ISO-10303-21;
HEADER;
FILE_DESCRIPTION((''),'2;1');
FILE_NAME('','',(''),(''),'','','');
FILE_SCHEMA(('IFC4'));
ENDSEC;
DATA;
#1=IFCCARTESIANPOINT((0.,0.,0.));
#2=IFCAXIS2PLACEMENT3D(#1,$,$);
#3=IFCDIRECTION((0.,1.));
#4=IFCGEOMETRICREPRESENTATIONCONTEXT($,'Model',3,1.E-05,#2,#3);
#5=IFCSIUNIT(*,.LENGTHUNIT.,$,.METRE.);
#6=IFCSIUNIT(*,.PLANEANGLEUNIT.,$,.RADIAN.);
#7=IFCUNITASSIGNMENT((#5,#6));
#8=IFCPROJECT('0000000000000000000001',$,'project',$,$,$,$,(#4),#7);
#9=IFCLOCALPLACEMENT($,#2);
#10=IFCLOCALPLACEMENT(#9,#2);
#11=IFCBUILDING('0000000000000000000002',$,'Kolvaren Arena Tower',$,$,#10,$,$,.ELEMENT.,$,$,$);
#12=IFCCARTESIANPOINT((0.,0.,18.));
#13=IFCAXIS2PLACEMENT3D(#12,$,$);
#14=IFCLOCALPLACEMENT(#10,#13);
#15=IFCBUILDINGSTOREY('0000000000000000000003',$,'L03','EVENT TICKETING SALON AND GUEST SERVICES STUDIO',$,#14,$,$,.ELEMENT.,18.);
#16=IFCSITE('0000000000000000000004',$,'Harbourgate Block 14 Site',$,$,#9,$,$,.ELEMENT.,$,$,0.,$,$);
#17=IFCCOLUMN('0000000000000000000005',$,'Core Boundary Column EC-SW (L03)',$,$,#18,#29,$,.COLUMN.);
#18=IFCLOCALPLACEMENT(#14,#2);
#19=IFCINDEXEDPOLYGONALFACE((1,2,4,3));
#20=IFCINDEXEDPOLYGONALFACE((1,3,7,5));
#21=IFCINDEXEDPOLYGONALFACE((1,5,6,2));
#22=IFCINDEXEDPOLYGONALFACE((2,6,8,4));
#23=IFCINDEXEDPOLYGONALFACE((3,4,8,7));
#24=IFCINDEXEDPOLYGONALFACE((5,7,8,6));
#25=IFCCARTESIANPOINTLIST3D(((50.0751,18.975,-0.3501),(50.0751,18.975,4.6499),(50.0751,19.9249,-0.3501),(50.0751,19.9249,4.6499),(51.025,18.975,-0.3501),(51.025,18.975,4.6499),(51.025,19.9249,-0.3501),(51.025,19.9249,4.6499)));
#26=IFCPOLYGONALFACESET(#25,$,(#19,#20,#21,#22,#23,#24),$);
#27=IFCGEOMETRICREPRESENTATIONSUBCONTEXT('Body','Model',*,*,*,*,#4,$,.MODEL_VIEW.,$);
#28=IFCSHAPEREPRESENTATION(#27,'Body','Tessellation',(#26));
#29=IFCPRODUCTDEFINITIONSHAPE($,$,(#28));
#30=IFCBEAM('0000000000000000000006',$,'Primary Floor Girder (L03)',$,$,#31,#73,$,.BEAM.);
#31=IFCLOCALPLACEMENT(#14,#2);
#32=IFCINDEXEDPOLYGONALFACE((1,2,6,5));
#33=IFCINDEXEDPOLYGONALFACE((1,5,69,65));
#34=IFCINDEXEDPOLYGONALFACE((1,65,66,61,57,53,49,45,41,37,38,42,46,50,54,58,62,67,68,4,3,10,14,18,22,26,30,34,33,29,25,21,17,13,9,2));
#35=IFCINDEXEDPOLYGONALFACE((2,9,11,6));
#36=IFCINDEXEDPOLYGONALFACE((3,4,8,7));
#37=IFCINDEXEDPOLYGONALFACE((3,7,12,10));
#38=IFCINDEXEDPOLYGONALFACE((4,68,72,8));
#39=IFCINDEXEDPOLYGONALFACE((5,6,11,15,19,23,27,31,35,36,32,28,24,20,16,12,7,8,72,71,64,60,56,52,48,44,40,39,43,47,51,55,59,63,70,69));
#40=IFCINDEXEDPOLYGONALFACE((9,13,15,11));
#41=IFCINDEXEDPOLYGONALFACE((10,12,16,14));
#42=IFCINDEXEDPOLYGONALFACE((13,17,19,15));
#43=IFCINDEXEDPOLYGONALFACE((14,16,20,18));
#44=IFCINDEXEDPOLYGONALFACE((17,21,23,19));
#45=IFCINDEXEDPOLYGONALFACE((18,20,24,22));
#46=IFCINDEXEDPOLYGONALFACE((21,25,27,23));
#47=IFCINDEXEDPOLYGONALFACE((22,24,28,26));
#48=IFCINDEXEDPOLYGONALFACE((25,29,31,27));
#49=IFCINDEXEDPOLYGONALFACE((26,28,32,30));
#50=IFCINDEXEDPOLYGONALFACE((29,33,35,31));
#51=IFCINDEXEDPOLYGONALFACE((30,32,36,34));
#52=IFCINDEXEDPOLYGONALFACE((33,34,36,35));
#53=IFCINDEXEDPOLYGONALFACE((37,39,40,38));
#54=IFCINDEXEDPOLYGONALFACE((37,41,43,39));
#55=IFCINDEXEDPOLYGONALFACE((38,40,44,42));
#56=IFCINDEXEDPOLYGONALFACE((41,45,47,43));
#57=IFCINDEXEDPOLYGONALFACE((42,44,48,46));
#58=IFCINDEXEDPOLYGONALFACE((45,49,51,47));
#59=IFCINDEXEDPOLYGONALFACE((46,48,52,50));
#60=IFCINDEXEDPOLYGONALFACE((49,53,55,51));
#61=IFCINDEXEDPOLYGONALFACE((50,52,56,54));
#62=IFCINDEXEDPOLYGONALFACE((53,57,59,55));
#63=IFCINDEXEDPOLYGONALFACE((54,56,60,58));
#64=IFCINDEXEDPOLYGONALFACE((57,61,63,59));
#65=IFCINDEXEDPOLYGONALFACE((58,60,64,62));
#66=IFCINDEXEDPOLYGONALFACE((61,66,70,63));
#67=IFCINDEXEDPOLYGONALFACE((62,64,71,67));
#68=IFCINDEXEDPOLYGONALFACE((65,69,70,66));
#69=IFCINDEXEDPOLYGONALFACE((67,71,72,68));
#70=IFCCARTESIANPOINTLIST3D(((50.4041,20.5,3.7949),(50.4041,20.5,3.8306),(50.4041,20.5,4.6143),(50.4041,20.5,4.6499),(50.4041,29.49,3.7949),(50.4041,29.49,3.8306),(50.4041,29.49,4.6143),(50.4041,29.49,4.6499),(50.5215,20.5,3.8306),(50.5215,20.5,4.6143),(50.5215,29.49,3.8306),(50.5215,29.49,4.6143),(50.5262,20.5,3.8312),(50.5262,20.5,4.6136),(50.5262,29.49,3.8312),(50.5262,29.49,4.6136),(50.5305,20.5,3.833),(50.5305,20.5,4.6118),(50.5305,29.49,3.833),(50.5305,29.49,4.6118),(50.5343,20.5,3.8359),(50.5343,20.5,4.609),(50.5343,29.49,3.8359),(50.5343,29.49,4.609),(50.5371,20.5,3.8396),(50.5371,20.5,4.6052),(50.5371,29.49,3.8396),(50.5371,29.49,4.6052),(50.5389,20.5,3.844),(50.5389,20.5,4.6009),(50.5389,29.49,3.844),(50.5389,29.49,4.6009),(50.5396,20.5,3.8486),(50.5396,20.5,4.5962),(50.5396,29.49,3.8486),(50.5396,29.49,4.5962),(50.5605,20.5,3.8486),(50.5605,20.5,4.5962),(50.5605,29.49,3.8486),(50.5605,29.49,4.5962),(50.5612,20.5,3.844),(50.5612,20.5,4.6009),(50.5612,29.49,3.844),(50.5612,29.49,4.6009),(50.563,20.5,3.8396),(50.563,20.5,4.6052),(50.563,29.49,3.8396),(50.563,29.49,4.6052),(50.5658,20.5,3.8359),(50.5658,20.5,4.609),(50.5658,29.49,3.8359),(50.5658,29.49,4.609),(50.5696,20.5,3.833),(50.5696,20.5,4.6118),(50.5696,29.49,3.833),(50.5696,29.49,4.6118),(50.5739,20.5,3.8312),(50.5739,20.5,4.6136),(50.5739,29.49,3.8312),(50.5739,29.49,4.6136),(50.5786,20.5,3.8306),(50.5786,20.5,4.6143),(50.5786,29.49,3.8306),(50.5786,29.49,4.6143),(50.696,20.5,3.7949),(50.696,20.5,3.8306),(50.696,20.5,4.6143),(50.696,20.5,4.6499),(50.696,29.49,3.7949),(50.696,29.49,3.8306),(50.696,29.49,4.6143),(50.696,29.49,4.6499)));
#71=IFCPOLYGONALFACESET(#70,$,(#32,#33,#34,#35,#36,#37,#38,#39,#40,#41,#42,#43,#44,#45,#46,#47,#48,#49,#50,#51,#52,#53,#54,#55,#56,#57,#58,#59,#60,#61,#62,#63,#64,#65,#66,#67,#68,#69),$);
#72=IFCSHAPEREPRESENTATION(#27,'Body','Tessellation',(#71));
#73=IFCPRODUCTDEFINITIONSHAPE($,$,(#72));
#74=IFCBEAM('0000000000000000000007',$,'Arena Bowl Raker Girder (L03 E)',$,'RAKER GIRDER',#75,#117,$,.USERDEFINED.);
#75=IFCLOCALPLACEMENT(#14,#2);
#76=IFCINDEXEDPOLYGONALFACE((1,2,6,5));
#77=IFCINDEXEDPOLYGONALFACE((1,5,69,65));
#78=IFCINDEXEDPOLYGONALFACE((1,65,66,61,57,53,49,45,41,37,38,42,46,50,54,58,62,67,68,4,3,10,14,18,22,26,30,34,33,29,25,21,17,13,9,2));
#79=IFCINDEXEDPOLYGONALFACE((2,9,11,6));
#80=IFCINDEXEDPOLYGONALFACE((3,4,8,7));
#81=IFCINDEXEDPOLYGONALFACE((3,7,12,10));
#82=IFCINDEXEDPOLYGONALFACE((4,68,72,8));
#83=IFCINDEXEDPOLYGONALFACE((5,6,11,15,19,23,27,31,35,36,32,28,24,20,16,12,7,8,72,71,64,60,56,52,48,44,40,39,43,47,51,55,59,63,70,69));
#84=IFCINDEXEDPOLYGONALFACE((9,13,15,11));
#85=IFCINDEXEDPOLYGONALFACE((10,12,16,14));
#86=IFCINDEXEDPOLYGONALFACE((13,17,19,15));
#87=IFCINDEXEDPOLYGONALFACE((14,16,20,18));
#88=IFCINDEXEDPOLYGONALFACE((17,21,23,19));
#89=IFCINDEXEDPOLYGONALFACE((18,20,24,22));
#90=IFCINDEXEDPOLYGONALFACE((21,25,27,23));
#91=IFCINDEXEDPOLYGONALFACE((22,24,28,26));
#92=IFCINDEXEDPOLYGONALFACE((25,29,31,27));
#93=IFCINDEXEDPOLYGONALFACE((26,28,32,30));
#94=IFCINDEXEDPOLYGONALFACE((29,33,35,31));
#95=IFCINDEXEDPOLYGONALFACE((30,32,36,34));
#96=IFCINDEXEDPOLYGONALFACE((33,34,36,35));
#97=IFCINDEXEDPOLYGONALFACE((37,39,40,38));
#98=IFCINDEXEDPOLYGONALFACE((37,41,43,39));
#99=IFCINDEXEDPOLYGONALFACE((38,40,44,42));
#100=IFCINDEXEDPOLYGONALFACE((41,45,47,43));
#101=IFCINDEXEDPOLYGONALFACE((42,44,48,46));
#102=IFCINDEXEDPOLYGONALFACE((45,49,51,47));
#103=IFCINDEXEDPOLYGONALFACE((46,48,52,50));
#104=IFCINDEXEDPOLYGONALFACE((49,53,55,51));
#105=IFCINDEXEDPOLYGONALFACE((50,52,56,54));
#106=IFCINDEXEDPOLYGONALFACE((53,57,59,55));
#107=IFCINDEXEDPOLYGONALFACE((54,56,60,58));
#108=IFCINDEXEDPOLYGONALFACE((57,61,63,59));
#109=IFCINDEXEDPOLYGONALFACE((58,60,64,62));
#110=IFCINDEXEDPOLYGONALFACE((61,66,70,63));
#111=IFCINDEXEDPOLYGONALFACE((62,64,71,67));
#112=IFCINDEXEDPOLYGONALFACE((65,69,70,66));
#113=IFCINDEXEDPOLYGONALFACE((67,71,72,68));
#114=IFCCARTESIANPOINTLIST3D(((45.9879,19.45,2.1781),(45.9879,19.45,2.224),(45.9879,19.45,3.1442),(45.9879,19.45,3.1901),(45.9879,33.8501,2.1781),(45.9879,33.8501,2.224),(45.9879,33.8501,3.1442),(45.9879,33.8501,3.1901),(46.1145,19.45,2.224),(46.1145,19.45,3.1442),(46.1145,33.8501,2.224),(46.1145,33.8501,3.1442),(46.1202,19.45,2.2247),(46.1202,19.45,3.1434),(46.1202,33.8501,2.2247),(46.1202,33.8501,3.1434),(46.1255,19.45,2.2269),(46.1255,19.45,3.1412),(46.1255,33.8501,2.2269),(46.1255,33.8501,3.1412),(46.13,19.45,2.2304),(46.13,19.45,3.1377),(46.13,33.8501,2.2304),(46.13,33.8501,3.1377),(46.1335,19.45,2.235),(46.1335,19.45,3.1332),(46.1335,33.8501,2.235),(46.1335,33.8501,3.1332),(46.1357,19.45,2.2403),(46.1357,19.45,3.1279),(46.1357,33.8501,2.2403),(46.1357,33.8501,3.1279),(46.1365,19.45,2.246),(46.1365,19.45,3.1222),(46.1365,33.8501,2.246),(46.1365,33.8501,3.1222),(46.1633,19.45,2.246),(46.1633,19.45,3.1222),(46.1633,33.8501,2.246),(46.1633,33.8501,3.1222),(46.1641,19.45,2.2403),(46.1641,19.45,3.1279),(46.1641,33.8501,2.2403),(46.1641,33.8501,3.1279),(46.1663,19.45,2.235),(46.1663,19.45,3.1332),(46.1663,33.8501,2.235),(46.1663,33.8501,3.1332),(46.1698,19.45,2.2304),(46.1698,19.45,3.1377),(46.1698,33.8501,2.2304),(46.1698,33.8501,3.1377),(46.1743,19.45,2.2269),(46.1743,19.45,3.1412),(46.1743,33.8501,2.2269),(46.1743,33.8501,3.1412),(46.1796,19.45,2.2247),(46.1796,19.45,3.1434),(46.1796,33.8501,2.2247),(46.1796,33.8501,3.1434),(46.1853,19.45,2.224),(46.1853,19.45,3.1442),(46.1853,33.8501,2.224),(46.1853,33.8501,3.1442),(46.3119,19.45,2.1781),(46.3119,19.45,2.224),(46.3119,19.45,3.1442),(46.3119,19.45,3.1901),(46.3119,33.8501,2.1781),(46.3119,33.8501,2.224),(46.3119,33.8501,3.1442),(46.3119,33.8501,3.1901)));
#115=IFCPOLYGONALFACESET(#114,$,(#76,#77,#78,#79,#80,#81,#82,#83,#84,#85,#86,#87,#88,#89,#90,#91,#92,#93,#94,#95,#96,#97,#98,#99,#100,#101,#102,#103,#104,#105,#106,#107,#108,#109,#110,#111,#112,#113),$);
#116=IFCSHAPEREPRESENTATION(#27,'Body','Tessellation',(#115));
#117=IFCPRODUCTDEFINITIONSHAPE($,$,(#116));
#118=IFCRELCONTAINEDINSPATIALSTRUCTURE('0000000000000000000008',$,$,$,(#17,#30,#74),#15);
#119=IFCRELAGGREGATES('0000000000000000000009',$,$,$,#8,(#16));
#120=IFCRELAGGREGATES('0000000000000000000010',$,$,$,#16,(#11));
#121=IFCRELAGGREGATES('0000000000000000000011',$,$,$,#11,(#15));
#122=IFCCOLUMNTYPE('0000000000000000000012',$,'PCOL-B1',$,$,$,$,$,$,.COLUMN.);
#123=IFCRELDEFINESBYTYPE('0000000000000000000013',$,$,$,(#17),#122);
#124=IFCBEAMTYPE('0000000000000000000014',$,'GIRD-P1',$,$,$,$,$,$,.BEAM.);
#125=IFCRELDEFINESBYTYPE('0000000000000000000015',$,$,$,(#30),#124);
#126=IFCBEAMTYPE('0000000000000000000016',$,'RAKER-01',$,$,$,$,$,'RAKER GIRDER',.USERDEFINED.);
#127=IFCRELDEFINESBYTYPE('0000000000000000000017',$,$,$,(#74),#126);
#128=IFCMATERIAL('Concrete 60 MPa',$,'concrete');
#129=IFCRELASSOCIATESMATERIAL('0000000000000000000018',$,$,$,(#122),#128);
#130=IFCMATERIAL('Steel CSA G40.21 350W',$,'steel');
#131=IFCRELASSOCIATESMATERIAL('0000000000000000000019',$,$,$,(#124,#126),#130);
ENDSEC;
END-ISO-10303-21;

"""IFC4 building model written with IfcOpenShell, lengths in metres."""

from ifc_helpers import new_model, si_unit, direction, frame, origin, origin_2d, place, context, subcontext, project, spatial, rectangle, i_section, extrude, material, material_profile, profile_set, type_object, element, save


model = new_model("IFC4")

# Units and contexts
model_context = context("Model", 3, precision=1e-05, world=origin(), true_north=direction((0.0, 1.0)))
body_context = subcontext(model_context, "Body", "Model", "MODEL_VIEW")
ifc_project = project(units=[si_unit("LENGTHUNIT", "METRE"), si_unit("PLANEANGLEUNIT", "RADIAN")], contexts=[model_context])

# Site, building, storey
site_placement = place(None, origin())
site = spatial("IfcSite", under=ifc_project, at=site_placement, Name="Harbourgate Block 14 Site", CompositionType="ELEMENT", RefElevation=0.0)
building_placement = place(site_placement, origin())
building = spatial("IfcBuilding", under=site, at=building_placement, Name="Kolvaren Arena Tower", CompositionType="ELEMENT")
storey_placement = place(building_placement, frame((0.0, 0.0, 18.0)))
storey = spatial("IfcBuildingStorey", under=building, at=storey_placement, Name="L03", Description="EVENT TICKETING SALON AND GUEST SERVICES STUDIO", CompositionType="ELEMENT", Elevation=18.0)

# Column
ifc_material_1 = material(Name="Concrete 60 MPa", Category="concrete")
ifc_material_profile_1 = material_profile(ifc_material_1, rectangle(XDim=0.95, YDim=0.95, at=origin_2d()), Name="RC-950x950")
ifc_profile_set_1 = profile_set([ifc_material_profile_1], Name="Concrete 60 MPa")
column_type = type_object("IfcColumnType", Name="PCOL-B1", PredefinedType="COLUMN", material=ifc_profile_set_1)
column_placement = place(storey_placement, frame((50.55, 19.45, -0.3501), z_axis=(0.0, 0.0, 1.0), x_axis=(1.0, 0.0, 0.0)))
element("IfcColumn", 1, at=column_placement, inside=storey, type_object=column_type, Name="Core Boundary Column EC-SW (L03)", PredefinedType="COLUMN", context=body_context, shape_type="SweptSolid", body=[
    extrude(rectangle(XDim=0.95, YDim=0.95, at=origin_2d()), origin(), (0.0, 0.0, 1.0), 5.0),
])

# Beams
ifc_material_2 = material(Name="Steel CSA G40.21 350W", Category="steel")
ifc_material_profile_2 = material_profile(ifc_material_2, i_section(OverallWidth=0.292, OverallDepth=0.855, WebThickness=0.021, FlangeThickness=0.0356, FilletRadius=0.0181, at=origin_2d()), Name="W840x299")
ifc_profile_set_2 = profile_set([ifc_material_profile_2], Name="Steel CSA G40.21 350W")
beam_type_1 = type_object("IfcBeamType", Name="GIRD-P1", PredefinedType="BEAM", material=ifc_profile_set_2)
beam_1_placement = place(storey_placement, frame((50.55, 20.5, 4.2224), z_axis=(0.0, 1.0, 0.0), x_axis=(-1.0, 0.0, 0.0)))
element("IfcBeam", 2, at=beam_1_placement, inside=storey, type_object=beam_type_1, Name="Primary Floor Girder (L03)", PredefinedType="BEAM", context=body_context, shape_type="SweptSolid", body=[
    extrude(i_section(OverallWidth=0.292, OverallDepth=0.855, WebThickness=0.021, FlangeThickness=0.0356, FilletRadius=0.0181, at=origin_2d()), origin(), (0.0, 0.0, 1.0), 8.99),
])
ifc_material_profile_3 = material_profile(ifc_material_2, i_section(OverallWidth=0.324, OverallDepth=1.012, WebThickness=0.0269, FlangeThickness=0.0459, FilletRadius=0.022, at=origin_2d()), Name="W1000x443")
ifc_profile_set_3 = profile_set([ifc_material_profile_3], Name="Steel CSA G40.21 350W")
beam_type_2 = type_object("IfcBeamType", Name="RAKER-01", ElementType="RAKER GIRDER", PredefinedType="USERDEFINED", material=ifc_profile_set_3)
beam_2_placement = place(storey_placement, frame((46.1499, 19.45, 2.6841), z_axis=(0.0, 1.0, 0.0), x_axis=(-1.0, 0.0, 0.0)))
element("IfcBeam", 3, at=beam_2_placement, inside=storey, type_object=beam_type_2, Name="Arena Bowl Raker Girder (L03 E)", ObjectType="RAKER GIRDER", PredefinedType="USERDEFINED", context=body_context, shape_type="SweptSolid", body=[
    extrude(i_section(OverallWidth=0.324, OverallDepth=1.012, WebThickness=0.0269, FlangeThickness=0.0459, FilletRadius=0.022, at=origin_2d()), origin(), (0.0, 0.0, 1.0), 14.4001),
])

save(model, "model.ifc")
